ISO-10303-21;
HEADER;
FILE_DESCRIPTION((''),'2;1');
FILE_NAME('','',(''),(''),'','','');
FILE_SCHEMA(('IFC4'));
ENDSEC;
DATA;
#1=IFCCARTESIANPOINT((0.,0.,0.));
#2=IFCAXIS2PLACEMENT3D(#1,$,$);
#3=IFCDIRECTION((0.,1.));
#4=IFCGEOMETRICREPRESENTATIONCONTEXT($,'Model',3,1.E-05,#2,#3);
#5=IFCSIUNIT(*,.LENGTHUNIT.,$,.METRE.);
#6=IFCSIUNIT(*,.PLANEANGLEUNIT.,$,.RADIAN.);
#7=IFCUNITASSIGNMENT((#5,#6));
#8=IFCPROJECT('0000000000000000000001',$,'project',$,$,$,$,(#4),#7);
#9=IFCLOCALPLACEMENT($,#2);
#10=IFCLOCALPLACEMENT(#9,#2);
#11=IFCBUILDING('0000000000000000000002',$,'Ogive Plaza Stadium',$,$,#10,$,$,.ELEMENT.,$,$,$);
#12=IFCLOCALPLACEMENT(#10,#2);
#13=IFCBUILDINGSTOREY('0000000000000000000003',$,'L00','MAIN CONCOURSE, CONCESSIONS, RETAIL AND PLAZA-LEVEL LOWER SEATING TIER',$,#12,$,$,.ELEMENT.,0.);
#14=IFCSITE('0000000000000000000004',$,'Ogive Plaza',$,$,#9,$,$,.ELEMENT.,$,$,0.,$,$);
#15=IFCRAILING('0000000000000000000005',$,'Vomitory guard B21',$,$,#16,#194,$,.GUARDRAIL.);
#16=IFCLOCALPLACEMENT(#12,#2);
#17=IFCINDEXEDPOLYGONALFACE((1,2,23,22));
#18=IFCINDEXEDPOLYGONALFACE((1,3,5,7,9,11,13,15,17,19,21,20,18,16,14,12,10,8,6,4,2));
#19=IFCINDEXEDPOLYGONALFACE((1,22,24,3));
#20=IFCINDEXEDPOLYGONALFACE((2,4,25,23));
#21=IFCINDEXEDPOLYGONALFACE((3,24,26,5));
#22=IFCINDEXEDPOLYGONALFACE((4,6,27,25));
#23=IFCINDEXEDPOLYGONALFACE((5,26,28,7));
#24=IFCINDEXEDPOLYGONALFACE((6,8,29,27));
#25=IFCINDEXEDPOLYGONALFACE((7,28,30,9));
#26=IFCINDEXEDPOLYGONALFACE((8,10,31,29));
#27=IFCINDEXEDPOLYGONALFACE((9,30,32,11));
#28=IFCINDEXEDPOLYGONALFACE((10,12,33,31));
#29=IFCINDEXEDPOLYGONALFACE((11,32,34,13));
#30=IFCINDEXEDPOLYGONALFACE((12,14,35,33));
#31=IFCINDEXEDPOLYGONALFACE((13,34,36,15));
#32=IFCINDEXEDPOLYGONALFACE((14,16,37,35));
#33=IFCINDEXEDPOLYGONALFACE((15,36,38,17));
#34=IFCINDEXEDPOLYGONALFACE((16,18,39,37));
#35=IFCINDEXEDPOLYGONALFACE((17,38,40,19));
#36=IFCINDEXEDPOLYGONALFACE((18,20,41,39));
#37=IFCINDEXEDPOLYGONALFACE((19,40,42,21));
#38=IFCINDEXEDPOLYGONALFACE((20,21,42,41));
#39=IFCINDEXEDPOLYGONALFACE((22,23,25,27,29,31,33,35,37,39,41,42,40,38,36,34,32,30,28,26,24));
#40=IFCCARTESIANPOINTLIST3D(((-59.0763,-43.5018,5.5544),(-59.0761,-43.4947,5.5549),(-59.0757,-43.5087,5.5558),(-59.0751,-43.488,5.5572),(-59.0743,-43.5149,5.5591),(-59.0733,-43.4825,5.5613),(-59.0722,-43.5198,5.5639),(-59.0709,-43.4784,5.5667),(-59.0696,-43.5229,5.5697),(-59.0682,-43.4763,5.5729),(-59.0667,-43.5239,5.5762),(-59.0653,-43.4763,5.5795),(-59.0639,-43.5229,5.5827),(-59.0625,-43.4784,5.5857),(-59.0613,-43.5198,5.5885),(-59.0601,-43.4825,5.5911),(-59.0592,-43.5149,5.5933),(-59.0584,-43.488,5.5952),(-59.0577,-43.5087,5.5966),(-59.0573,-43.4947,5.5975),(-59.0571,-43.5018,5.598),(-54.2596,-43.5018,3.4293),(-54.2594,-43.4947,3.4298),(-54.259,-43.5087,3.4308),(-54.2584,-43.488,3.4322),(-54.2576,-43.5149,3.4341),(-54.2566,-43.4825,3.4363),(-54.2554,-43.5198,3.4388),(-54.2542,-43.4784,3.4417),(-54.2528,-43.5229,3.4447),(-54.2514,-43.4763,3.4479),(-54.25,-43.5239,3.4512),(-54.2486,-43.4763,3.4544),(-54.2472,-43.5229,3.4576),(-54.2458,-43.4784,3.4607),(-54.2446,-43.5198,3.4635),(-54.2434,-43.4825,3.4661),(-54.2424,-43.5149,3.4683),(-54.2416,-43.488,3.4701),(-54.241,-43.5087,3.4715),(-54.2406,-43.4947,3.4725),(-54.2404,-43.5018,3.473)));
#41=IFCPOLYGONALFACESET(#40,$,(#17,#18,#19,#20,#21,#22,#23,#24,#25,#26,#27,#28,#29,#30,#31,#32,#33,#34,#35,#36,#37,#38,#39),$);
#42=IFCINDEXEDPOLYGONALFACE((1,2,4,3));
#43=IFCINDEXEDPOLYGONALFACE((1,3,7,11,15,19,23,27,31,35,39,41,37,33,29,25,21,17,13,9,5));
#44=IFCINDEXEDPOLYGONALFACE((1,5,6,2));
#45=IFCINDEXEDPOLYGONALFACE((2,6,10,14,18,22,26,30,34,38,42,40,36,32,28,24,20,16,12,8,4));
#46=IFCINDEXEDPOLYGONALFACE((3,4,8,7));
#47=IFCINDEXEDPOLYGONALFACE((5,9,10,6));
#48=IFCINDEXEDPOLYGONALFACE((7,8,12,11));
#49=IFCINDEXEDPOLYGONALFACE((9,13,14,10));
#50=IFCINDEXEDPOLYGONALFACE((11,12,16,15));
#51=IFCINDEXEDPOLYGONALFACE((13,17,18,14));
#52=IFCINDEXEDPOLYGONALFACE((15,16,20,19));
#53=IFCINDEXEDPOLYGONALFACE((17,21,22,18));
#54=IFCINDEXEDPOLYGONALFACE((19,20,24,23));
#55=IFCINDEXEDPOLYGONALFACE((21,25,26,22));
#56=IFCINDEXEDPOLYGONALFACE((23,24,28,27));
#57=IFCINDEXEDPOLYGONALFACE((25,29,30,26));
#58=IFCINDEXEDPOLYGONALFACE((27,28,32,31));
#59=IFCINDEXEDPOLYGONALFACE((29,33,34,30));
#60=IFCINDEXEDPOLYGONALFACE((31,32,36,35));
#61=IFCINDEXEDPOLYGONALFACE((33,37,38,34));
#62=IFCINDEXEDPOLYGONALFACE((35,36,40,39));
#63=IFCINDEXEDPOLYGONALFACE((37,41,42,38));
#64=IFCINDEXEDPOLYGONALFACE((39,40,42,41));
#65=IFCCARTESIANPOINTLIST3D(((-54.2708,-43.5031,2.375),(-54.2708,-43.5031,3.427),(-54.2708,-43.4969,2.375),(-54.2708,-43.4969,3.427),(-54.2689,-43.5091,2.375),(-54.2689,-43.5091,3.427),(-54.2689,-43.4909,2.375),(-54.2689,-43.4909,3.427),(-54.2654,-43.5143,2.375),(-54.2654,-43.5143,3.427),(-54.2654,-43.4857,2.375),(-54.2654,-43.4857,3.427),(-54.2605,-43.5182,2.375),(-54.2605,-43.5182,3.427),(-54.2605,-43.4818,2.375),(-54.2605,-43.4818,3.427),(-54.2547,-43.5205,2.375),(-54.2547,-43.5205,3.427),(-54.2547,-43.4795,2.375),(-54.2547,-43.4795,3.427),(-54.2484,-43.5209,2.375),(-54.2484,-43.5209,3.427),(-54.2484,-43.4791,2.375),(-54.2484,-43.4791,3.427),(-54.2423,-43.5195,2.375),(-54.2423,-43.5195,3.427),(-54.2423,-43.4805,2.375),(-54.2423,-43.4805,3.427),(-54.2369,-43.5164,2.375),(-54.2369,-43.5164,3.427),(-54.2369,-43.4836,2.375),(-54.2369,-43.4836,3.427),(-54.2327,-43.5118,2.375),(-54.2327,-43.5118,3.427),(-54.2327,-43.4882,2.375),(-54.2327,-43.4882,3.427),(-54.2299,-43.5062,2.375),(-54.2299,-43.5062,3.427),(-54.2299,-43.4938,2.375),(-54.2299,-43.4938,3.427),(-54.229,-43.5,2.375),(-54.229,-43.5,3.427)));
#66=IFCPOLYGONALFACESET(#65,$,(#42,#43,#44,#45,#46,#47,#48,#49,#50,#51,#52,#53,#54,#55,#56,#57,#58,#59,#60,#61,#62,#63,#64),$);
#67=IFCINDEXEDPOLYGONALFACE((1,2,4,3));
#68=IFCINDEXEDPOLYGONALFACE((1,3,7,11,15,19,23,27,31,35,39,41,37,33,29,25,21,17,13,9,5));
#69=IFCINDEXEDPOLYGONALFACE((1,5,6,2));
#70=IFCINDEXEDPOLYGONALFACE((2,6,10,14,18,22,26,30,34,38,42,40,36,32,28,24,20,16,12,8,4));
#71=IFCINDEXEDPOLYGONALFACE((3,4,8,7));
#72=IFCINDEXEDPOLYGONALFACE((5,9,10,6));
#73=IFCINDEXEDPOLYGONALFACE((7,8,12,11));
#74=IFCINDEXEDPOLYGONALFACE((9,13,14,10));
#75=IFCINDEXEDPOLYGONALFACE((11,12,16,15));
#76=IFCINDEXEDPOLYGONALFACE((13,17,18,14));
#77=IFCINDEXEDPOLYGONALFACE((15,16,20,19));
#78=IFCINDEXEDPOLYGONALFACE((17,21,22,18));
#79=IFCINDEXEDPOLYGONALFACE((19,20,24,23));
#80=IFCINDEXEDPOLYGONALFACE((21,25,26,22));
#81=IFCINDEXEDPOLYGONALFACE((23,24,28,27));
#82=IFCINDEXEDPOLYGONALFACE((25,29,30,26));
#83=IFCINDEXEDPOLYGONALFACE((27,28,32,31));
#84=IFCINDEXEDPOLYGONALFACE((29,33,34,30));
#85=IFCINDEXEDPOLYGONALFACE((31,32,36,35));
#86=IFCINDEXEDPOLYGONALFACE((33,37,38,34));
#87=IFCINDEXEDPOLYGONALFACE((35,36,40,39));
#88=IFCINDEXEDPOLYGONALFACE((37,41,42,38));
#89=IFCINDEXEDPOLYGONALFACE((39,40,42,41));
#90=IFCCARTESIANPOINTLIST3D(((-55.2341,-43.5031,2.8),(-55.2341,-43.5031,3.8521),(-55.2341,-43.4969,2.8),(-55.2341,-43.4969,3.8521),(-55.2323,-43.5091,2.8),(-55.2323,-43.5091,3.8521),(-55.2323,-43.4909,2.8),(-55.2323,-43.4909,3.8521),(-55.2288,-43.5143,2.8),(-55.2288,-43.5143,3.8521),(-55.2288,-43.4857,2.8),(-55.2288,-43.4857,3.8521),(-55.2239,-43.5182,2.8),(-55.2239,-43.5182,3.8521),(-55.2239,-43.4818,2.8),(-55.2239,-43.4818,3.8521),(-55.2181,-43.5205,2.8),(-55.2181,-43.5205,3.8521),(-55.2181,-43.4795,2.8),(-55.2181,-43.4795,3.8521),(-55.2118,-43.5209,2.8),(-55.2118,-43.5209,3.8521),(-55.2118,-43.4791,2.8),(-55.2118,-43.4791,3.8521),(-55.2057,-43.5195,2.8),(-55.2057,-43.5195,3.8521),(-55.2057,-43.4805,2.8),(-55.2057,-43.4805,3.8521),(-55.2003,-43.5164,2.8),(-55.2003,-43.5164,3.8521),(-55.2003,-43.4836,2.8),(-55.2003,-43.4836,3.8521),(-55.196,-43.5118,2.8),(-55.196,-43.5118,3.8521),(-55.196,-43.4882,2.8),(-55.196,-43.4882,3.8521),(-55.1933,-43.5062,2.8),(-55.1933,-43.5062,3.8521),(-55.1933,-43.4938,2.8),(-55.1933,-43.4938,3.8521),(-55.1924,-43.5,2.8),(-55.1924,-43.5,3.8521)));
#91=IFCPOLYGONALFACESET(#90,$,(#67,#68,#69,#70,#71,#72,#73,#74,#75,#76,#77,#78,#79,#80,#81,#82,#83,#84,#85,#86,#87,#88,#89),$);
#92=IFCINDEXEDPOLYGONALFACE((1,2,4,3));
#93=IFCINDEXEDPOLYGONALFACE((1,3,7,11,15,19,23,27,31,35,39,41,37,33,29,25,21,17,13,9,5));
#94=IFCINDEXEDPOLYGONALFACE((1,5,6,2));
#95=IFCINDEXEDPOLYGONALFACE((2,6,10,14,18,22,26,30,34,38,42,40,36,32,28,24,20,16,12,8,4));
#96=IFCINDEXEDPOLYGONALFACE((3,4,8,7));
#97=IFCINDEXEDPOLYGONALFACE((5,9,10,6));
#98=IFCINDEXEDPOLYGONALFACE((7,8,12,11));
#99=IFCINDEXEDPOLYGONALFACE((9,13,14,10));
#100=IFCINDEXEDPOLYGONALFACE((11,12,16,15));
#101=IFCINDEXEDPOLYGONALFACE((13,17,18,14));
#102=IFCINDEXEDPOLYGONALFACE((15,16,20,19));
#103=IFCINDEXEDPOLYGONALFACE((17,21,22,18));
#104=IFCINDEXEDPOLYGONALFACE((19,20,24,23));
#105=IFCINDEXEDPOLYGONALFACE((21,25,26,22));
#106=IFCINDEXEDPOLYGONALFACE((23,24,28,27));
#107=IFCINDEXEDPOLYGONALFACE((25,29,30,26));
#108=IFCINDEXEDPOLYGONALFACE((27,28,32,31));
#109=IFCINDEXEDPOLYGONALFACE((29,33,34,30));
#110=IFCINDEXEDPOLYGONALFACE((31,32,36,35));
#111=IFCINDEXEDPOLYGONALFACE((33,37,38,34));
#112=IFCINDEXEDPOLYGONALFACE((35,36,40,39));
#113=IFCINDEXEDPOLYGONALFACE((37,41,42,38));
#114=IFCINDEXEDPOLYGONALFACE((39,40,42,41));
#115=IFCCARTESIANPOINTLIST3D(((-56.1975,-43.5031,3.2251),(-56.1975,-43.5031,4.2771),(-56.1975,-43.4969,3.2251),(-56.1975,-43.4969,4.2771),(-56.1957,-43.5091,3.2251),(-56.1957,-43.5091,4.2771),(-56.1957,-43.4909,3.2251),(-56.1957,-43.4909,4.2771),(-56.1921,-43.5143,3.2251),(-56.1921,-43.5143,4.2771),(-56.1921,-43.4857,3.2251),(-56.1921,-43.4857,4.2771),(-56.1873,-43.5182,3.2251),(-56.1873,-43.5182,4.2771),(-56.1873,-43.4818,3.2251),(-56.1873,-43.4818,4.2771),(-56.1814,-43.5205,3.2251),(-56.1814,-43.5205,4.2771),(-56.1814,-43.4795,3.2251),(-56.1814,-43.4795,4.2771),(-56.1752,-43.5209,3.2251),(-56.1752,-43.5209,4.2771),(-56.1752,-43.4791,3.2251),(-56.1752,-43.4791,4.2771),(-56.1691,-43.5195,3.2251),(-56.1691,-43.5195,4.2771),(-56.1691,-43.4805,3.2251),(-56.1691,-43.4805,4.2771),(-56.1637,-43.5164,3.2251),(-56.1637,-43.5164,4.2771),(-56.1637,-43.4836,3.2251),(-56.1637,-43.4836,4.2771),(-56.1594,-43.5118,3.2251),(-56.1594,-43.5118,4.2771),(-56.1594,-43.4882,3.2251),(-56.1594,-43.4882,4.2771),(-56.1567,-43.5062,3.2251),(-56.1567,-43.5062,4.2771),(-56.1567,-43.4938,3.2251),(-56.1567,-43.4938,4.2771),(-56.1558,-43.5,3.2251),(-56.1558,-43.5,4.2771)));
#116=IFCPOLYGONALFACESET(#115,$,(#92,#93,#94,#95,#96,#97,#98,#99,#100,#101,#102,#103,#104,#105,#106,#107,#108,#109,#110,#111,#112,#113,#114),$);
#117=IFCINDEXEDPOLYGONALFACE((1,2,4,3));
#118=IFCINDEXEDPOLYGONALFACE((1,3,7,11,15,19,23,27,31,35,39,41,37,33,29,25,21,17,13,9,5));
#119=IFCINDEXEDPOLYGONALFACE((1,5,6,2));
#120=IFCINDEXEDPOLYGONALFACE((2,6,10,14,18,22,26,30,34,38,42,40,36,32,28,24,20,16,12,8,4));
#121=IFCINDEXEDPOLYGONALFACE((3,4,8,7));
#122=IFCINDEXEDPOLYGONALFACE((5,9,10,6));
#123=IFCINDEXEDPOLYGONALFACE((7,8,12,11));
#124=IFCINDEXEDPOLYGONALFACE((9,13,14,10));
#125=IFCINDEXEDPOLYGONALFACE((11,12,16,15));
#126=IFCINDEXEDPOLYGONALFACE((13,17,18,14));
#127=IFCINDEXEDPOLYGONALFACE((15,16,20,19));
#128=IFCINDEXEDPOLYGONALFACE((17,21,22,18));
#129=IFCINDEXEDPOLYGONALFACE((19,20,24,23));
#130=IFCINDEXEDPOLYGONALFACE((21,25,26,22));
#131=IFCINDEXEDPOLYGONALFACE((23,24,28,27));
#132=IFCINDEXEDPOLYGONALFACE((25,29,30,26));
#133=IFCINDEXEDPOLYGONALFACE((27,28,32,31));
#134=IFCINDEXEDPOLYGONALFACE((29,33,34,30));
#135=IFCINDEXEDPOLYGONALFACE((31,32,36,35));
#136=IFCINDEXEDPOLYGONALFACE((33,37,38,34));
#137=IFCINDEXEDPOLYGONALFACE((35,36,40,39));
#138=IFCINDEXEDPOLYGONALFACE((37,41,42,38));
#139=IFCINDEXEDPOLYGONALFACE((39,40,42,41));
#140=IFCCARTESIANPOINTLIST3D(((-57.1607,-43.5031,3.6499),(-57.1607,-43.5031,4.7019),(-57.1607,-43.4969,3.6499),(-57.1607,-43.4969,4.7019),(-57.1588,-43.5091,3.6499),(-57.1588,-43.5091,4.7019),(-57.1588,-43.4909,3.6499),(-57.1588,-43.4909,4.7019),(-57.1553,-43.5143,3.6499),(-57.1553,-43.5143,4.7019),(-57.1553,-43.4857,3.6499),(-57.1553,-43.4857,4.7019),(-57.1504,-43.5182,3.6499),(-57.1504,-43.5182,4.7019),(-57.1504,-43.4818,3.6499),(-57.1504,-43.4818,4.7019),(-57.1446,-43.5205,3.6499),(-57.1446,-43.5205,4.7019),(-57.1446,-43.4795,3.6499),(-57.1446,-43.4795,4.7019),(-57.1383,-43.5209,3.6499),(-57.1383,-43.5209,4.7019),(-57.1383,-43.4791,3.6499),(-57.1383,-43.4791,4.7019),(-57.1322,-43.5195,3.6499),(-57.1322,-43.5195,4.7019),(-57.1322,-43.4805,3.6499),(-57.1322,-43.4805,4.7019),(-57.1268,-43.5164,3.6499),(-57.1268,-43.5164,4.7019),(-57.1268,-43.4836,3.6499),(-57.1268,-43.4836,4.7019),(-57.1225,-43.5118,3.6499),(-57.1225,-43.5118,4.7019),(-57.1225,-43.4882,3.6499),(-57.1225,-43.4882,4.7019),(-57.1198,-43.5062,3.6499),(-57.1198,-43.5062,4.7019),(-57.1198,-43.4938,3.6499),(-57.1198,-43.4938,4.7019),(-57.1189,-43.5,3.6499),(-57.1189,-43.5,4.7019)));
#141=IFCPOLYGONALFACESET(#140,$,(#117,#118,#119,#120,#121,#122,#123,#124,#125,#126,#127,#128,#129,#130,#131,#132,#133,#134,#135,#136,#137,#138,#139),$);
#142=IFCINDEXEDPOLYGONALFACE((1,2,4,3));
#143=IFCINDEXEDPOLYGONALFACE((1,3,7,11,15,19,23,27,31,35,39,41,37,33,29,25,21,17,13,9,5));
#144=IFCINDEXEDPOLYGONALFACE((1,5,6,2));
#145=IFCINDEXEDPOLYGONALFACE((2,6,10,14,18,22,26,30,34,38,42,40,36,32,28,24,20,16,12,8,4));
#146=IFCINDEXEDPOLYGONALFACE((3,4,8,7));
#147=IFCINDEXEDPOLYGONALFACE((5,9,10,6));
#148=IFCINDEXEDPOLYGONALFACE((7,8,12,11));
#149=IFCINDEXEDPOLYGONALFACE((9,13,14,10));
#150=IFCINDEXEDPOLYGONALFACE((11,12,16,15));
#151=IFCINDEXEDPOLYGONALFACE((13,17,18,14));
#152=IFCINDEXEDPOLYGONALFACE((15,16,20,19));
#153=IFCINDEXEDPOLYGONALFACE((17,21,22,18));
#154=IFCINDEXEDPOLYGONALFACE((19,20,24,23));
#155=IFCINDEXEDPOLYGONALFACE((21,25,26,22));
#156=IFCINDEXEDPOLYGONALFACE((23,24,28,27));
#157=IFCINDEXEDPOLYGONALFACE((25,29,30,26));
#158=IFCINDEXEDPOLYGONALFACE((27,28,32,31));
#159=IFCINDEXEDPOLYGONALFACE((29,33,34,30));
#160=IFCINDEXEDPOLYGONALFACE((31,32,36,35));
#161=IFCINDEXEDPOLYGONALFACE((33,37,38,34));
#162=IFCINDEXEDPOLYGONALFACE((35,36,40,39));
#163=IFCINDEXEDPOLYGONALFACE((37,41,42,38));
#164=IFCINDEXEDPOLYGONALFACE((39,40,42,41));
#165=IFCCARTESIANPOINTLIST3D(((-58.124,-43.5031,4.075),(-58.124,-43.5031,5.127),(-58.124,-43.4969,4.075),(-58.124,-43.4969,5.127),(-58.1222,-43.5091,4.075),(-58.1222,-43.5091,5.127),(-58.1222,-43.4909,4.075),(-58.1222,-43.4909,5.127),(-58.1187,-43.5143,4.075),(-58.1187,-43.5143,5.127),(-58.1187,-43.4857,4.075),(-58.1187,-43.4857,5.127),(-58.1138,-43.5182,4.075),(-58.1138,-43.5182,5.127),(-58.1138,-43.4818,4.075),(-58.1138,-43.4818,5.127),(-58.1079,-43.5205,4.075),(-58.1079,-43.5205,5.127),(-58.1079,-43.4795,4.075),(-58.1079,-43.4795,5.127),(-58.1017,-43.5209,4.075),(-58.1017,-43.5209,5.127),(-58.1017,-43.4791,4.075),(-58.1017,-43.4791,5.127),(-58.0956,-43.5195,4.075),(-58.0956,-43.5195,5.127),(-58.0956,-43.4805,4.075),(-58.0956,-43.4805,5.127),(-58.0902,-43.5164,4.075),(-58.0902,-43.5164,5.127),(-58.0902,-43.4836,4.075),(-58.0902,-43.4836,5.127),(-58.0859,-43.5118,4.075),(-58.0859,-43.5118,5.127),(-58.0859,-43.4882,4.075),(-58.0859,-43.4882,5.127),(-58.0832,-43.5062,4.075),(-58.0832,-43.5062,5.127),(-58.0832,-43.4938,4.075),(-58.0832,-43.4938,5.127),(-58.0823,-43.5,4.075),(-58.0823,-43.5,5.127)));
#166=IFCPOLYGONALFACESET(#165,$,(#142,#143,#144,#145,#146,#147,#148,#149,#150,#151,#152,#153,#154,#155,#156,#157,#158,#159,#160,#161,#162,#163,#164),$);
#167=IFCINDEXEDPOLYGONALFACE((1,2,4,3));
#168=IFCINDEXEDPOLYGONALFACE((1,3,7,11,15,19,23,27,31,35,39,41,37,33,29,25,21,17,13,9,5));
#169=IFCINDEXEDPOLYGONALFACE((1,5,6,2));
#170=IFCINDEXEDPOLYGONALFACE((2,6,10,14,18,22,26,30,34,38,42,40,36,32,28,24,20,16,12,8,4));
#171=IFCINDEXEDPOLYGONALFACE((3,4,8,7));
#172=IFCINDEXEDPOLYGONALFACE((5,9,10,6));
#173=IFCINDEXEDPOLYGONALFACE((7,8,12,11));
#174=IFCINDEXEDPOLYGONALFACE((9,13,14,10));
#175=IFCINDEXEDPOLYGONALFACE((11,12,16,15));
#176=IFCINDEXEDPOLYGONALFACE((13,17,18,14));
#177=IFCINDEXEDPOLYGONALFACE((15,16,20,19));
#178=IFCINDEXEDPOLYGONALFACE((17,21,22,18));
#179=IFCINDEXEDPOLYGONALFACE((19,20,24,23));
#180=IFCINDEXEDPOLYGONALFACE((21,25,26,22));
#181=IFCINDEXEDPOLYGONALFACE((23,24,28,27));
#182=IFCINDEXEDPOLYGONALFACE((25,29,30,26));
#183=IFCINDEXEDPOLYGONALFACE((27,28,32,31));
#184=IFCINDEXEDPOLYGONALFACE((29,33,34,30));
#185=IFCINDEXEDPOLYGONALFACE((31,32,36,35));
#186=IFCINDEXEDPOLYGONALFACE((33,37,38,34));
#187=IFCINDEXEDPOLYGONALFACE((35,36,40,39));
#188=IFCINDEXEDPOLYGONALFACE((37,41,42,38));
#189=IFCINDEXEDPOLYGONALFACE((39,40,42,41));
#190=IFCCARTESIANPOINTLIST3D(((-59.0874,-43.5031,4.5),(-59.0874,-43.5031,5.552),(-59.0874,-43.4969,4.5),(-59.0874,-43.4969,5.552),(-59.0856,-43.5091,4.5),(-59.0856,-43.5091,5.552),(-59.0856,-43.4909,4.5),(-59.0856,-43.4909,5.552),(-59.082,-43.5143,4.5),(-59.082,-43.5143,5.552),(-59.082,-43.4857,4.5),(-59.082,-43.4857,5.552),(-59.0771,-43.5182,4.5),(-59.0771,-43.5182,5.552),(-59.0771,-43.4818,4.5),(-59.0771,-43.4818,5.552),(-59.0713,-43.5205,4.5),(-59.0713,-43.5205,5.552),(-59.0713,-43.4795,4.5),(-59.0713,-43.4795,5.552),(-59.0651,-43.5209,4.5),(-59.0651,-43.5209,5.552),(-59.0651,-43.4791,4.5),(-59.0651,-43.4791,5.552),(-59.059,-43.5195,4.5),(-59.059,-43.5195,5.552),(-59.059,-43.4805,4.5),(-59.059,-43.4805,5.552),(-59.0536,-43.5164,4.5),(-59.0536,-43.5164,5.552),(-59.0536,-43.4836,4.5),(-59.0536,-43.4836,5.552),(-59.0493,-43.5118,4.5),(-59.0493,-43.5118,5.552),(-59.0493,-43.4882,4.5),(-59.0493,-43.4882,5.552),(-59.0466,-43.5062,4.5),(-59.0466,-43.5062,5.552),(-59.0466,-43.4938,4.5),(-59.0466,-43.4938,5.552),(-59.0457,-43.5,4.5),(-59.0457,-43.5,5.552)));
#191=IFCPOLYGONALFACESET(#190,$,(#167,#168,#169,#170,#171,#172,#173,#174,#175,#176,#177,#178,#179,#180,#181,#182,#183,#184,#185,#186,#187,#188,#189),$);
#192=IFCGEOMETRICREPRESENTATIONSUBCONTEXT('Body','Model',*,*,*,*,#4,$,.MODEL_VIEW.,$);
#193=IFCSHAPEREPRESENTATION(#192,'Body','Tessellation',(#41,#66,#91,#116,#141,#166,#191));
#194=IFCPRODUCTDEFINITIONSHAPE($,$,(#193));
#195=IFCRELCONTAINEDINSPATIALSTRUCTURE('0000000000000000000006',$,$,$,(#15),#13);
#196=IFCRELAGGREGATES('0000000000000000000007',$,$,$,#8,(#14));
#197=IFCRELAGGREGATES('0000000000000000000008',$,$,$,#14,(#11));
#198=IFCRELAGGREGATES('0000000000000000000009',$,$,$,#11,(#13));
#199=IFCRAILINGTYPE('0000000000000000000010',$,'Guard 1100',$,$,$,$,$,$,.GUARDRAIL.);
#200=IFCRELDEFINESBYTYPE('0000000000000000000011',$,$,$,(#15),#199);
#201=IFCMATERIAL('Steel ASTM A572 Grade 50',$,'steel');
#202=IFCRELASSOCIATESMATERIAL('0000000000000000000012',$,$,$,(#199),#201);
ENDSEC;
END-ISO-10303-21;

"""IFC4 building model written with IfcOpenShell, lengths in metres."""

from ifc_helpers import new_model, si_unit, direction, frame, origin, origin_2d, place, context, subcontext, project, spatial, circle, extrude, material, type_object, element, save


model = new_model("IFC4")

# Units and contexts
model_context = context("Model", 3, precision=1e-05, world=origin(), true_north=direction((0.0, 1.0)))
body_context = subcontext(model_context, "Body", "Model", "MODEL_VIEW")
ifc_project = project(units=[si_unit("LENGTHUNIT", "METRE"), si_unit("PLANEANGLEUNIT", "RADIAN")], contexts=[model_context])

# Site, building, storey
site_placement = place(None, origin())
site = spatial("IfcSite", under=ifc_project, at=site_placement, Name="Ogive Plaza", CompositionType="ELEMENT", RefElevation=0.0)
building_placement = place(site_placement, origin())
building = spatial("IfcBuilding", under=site, at=building_placement, Name="Ogive Plaza Stadium", CompositionType="ELEMENT")
storey_placement = place(building_placement, origin())
storey = spatial("IfcBuildingStorey", under=building, at=storey_placement, Name="L00", Description="MAIN CONCOURSE, CONCESSIONS, RETAIL AND PLAZA-LEVEL LOWER SEATING TIER", CompositionType="ELEMENT", Elevation=0.0)

# Railing
ifc_material_1 = material(Name="Steel ASTM A572 Grade 50", Category="steel")
railing_type = type_object("IfcRailingType", Name="Guard 1100", PredefinedType="GUARDRAIL", material=ifc_material_1)
for number, where, name in (
    (1, (-54.25, -43.5, 2.375), "Vomitory guard B21"),
):
    element("IfcRailing", number, at=place(storey_placement, frame(where)), inside=storey, type_object=railing_type, Name=name, PredefinedType="GUARDRAIL", context=body_context, shape_type="SweptSolid", body=[
        extrude(circle(Radius=0.0239, at=origin_2d()), frame((0.0, 0.0, 1.0762), z_axis=(-0.914917, 0.0, 0.403641), x_axis=(0.0, -1.0, 0.0)), (0.0, 0.0, 1.0), 5.2646),
        extrude(circle(Radius=0.021, at=origin_2d()), origin(), (0.0, 0.0, 1.0), 1.052),
        extrude(circle(Radius=0.021, at=origin_2d()), frame((-0.9634, 0.0, 0.425)), (0.0, 0.0, 1.0), 1.052),
        extrude(circle(Radius=0.021, at=origin_2d()), frame((-1.9268, 0.0, 0.8501)), (0.0, 0.0, 1.0), 1.052),
        extrude(circle(Radius=0.021, at=origin_2d()), frame((-2.8899, 0.0, 1.2749)), (0.0, 0.0, 1.0), 1.052),
        extrude(circle(Radius=0.021, at=origin_2d()), frame((-3.8533, 0.0, 1.7)), (0.0, 0.0, 1.0), 1.052),
        extrude(circle(Radius=0.021, at=origin_2d()), frame((-4.8167, 0.0, 2.125)), (0.0, 0.0, 1.0), 1.052),
    ])

save(model, "model.ifc")
